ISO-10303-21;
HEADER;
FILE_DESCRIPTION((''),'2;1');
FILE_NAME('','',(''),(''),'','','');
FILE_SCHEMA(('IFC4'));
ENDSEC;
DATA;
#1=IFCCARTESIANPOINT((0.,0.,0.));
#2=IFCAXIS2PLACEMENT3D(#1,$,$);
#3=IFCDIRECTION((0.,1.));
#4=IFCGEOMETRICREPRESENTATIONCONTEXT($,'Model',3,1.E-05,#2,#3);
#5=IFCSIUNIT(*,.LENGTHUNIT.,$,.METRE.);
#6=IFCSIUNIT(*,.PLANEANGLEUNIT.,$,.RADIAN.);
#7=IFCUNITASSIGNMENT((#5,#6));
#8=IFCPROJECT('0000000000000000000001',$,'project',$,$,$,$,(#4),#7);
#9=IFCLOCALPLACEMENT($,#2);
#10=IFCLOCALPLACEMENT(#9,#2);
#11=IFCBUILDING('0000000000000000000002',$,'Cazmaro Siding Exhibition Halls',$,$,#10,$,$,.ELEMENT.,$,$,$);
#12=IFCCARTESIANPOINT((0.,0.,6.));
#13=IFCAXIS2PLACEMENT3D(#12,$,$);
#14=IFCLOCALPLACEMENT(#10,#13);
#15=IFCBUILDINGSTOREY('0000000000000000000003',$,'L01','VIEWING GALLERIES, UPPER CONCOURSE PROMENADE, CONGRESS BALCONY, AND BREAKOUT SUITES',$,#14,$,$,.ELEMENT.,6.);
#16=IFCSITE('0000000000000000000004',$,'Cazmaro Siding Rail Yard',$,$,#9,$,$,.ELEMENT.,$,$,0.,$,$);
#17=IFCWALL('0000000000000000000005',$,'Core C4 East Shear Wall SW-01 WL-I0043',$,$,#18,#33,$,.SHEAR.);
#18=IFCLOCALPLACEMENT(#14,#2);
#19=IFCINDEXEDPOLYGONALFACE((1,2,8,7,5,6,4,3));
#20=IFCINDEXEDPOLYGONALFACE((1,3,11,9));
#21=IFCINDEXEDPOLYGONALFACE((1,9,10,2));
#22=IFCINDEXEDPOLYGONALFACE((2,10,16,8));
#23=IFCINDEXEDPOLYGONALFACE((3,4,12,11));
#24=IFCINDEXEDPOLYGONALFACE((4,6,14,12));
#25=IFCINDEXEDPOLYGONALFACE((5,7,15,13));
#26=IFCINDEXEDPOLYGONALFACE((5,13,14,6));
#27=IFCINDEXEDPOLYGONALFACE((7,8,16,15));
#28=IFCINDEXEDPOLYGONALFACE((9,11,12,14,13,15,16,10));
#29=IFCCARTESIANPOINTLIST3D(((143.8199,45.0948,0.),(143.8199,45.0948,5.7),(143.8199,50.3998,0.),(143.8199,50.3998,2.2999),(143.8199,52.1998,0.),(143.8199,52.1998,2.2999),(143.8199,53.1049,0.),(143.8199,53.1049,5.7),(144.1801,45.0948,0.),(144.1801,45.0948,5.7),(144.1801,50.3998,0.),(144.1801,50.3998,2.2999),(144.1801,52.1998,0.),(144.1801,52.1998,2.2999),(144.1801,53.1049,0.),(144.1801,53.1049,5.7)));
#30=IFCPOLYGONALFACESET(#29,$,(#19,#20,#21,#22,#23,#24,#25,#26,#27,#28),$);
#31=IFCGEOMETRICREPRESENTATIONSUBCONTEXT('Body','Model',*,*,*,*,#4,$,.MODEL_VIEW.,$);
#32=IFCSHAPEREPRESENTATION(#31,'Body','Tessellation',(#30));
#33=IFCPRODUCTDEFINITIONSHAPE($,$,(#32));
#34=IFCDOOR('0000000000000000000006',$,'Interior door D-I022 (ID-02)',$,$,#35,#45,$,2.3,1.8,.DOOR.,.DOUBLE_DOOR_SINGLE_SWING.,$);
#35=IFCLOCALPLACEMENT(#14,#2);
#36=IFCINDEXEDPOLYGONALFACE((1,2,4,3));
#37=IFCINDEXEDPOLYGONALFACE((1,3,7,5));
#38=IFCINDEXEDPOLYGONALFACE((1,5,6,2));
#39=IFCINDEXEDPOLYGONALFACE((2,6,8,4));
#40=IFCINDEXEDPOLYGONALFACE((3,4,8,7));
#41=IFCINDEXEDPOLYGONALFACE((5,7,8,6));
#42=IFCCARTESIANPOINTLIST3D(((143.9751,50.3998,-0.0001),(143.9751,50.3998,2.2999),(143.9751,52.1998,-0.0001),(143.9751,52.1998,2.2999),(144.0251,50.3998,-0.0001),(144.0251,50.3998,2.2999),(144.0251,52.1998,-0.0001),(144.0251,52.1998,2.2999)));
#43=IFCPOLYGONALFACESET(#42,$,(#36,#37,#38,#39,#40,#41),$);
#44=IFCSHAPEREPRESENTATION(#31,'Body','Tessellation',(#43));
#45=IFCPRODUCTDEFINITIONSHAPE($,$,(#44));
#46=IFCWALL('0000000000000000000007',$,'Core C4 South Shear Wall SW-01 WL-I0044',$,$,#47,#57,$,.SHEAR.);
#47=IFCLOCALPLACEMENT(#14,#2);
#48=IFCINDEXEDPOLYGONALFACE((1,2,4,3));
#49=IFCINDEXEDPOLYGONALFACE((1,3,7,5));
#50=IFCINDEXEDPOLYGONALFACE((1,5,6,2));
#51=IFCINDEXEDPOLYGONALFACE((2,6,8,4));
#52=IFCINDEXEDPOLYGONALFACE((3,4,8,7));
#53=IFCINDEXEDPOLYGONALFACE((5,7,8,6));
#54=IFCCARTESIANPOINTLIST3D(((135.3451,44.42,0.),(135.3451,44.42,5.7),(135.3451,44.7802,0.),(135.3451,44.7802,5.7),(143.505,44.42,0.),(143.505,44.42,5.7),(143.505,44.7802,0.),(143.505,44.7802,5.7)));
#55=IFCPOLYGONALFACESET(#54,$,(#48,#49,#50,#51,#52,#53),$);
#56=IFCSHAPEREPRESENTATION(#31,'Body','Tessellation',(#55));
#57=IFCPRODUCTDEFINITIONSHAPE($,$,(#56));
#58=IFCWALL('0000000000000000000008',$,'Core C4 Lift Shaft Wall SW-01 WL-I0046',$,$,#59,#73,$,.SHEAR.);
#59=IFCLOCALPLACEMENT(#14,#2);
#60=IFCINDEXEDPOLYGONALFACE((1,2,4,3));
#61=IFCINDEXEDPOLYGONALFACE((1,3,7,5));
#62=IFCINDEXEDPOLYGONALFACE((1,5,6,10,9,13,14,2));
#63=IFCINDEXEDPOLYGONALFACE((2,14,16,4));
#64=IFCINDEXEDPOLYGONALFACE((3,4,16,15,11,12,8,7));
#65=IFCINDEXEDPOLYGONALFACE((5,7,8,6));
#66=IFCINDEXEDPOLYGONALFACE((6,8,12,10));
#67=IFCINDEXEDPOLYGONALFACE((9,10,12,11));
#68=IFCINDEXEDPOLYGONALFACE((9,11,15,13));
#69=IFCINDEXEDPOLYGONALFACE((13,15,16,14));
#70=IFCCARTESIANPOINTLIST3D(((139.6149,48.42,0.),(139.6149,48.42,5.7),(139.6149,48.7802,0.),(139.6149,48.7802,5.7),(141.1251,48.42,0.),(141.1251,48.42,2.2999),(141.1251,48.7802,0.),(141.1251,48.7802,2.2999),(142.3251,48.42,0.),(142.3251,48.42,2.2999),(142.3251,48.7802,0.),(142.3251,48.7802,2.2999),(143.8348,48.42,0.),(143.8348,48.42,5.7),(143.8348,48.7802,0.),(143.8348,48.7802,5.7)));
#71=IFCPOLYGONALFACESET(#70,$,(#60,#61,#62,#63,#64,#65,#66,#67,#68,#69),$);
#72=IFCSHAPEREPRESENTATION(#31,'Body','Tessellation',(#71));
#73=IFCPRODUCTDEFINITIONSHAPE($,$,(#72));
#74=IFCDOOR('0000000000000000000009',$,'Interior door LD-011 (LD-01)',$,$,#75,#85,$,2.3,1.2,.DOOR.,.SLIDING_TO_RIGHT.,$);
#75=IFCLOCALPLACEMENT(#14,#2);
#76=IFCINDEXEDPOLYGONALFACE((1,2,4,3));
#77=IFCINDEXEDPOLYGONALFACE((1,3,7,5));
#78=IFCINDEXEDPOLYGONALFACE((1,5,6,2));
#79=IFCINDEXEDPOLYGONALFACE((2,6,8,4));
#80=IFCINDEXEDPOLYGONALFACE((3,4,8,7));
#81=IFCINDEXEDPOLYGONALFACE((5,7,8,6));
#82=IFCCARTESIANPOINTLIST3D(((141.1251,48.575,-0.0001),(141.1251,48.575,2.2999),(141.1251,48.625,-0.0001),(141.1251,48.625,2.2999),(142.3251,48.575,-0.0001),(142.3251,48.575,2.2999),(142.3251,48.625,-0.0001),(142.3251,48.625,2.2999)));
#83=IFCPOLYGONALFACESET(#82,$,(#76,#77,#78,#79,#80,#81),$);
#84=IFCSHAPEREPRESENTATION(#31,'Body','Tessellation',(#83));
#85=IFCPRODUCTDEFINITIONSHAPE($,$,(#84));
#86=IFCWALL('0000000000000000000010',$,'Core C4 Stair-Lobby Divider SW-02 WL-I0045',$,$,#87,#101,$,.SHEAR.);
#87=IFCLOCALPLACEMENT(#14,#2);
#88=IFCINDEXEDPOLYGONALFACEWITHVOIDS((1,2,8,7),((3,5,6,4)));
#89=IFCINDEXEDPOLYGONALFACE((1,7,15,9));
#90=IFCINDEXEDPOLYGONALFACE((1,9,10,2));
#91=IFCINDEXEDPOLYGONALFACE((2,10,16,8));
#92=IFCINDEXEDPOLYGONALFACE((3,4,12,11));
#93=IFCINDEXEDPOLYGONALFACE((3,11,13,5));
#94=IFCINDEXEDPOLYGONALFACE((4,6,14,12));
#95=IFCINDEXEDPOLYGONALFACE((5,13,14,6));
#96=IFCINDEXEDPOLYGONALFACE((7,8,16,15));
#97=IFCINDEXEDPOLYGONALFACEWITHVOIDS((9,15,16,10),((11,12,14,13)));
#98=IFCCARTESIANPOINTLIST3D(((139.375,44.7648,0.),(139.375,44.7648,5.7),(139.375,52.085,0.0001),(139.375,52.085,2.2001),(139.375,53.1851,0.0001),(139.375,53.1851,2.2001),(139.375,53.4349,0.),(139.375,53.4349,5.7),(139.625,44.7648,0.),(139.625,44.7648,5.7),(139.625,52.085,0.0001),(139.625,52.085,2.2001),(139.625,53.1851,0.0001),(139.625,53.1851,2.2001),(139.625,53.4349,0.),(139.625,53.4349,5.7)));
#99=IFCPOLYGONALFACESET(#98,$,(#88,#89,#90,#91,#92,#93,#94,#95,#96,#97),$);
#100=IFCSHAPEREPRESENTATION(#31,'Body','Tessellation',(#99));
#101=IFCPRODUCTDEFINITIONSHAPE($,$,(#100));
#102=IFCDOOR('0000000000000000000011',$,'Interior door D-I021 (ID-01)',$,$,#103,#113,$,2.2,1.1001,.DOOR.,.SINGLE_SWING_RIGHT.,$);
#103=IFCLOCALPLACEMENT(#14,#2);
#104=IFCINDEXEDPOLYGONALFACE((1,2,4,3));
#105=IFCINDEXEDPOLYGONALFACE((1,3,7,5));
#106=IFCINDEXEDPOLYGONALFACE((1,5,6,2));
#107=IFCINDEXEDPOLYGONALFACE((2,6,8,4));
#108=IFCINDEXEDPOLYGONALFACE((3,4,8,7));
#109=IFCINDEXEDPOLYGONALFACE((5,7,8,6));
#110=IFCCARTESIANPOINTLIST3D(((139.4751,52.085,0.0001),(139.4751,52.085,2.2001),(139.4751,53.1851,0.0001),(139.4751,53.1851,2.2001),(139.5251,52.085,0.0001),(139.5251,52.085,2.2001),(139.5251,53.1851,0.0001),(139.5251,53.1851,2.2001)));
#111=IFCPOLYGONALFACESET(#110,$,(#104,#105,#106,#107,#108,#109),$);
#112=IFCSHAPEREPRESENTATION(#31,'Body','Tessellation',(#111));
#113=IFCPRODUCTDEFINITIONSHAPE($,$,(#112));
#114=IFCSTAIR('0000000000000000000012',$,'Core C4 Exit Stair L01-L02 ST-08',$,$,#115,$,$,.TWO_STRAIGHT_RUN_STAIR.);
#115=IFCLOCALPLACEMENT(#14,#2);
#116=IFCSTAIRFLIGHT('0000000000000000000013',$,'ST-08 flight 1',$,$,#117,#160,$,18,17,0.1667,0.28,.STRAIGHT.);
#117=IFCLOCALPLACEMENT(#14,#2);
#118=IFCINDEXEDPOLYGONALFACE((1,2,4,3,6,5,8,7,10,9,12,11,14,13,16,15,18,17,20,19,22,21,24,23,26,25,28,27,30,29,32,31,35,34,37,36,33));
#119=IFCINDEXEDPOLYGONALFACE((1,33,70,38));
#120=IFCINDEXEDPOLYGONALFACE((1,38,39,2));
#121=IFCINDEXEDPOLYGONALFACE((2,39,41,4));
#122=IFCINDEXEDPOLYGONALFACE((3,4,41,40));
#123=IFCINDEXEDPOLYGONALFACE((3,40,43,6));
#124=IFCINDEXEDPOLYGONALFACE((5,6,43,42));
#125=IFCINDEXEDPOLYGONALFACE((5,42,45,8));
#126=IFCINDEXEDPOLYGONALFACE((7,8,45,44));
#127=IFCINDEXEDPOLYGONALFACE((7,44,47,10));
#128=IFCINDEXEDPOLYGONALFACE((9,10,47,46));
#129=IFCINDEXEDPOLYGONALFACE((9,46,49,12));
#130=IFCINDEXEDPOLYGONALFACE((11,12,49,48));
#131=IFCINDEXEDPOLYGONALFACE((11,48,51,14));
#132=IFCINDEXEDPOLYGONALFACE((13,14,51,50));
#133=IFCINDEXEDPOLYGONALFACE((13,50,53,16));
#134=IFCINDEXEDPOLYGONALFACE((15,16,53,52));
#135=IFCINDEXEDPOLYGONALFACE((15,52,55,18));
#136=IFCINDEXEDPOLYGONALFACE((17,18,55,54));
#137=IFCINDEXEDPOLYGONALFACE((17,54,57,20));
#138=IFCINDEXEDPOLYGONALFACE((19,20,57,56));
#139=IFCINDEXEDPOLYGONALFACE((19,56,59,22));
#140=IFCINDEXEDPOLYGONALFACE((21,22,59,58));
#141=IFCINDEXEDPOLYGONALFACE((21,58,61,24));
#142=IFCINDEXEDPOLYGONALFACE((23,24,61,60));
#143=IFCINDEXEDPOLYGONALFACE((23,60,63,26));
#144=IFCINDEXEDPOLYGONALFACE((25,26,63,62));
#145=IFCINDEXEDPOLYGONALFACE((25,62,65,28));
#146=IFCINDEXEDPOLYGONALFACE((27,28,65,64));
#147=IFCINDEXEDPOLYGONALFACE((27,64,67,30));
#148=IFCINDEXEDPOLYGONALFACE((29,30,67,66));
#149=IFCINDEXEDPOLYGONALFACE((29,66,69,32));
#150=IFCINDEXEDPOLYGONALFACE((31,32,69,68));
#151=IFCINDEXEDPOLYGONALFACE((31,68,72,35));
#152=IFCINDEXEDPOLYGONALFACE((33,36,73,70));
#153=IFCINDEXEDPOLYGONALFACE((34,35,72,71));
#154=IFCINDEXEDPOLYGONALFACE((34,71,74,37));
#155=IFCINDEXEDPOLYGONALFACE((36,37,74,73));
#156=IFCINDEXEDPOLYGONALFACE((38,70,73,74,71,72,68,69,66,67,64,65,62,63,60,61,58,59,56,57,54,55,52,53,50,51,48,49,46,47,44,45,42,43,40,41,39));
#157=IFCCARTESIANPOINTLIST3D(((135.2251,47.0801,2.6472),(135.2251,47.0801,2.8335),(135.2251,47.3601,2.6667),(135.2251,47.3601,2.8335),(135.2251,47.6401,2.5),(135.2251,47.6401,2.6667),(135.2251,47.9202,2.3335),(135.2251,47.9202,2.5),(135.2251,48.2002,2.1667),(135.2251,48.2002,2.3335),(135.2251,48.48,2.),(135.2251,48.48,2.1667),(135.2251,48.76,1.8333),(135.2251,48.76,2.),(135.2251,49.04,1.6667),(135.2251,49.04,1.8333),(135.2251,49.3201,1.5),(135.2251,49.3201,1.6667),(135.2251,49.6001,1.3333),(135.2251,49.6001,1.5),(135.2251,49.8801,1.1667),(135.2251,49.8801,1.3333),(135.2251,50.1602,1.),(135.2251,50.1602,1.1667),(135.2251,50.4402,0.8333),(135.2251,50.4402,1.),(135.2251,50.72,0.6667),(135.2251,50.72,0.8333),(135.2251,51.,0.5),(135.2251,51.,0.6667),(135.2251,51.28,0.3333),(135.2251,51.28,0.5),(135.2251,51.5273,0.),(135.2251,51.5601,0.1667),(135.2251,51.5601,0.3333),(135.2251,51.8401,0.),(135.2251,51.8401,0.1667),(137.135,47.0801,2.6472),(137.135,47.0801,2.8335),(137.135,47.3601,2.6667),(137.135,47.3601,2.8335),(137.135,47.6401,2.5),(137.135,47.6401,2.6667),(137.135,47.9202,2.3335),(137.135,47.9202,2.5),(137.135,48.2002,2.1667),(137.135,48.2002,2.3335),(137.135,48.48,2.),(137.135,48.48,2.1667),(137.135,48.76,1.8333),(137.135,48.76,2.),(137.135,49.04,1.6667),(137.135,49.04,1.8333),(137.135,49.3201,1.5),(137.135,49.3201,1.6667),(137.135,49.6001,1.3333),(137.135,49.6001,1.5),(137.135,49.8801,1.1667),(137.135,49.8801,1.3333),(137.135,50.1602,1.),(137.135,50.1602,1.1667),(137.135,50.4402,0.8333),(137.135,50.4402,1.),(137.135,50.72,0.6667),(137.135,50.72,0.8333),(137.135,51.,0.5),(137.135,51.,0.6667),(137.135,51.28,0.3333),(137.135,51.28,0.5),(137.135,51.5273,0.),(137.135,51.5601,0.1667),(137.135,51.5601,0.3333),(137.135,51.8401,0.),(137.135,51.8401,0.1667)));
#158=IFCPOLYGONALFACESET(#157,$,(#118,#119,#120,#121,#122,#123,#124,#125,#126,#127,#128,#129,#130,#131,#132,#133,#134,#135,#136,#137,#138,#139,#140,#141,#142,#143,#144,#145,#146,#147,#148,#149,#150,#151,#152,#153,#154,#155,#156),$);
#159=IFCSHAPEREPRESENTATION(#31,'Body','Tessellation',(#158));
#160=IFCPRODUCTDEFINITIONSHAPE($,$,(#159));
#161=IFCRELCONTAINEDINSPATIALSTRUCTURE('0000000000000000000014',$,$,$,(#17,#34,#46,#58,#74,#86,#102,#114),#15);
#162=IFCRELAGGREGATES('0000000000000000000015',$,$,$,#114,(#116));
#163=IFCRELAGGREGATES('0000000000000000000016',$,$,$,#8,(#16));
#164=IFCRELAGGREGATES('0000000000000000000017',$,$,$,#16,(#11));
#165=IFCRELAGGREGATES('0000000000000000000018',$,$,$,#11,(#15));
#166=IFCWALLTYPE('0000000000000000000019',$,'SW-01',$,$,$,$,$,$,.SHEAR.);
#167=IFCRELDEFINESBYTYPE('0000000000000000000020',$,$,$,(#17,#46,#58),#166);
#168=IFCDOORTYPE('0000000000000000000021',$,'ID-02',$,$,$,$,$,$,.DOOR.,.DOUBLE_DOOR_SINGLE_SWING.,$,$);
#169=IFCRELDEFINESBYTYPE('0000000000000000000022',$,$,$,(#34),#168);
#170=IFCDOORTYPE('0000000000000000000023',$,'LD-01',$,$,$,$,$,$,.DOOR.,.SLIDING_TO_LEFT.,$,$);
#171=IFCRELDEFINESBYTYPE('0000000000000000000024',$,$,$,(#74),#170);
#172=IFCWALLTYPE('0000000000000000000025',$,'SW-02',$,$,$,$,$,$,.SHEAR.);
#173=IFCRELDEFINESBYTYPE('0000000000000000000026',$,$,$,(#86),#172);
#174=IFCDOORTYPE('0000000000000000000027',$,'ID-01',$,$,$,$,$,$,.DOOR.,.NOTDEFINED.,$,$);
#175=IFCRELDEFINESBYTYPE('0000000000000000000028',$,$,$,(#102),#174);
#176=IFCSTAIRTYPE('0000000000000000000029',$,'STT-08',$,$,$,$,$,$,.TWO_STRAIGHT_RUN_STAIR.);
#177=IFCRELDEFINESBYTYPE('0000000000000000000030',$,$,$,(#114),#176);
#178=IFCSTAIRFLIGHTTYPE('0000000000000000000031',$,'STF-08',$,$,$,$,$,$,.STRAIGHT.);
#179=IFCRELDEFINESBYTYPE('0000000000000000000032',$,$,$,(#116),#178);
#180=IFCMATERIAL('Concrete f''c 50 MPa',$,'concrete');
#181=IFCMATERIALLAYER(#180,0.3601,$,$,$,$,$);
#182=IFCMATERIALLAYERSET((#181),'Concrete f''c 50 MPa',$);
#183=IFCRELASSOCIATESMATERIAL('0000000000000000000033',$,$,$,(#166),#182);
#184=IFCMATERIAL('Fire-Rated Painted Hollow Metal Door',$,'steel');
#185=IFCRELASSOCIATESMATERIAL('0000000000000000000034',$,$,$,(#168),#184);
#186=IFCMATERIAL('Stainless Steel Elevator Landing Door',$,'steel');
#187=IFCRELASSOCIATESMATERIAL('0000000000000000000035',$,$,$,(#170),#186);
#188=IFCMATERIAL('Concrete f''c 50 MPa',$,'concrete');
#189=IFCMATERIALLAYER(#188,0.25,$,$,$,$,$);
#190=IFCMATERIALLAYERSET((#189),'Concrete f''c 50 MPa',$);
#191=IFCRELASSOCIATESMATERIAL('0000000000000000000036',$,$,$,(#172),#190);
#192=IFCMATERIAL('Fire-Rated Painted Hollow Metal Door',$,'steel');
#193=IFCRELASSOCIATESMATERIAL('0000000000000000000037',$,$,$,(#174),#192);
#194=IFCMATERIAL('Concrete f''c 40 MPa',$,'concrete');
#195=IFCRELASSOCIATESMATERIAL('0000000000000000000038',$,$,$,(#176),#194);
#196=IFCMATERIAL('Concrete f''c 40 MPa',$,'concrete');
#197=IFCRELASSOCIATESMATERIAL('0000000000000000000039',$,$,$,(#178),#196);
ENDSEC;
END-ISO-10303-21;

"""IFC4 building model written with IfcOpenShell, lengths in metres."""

from ifc_helpers import new_model, si_unit, direction, frame, frame_2d, origin, place, context, subcontext, project, spatial, polyline, rectangle, outline, extrude, material, layer, layer_set, type_object, element, fill, aggregate, save


model = new_model("IFC4")

# Units and contexts
model_context = context("Model", 3, precision=1e-05, world=origin(), true_north=direction((0.0, 1.0)))
body_context = subcontext(model_context, "Body", "Model", "MODEL_VIEW")
ifc_project = project(units=[si_unit("LENGTHUNIT", "METRE"), si_unit("PLANEANGLEUNIT", "RADIAN")], contexts=[model_context])

# Site, building, storey
site_placement = place(None, origin())
site = spatial("IfcSite", under=ifc_project, at=site_placement, Name="Cazmaro Siding Rail Yard", CompositionType="ELEMENT", RefElevation=0.0)
building_placement = place(site_placement, origin())
building = spatial("IfcBuilding", under=site, at=building_placement, Name="Cazmaro Siding Exhibition Halls", CompositionType="ELEMENT")
storey_placement = place(building_placement, frame((0.0, 0.0, 6.0)))
storey = spatial("IfcBuildingStorey", under=building, at=storey_placement, Name="L01", Description="VIEWING GALLERIES, UPPER CONCOURSE PROMENADE, CONGRESS BALCONY, AND BREAKOUT SUITES", CompositionType="ELEMENT", Elevation=6.0)

# Wall, opening, door
ifc_material_1 = material(Name="Concrete f'c 50 MPa", Category="concrete")
ifc_layer_1 = layer(ifc_material_1, 0.3601)
ifc_layer_set_1 = layer_set([ifc_layer_1], Name="Concrete f'c 50 MPa")
wall_type_1 = type_object("IfcWallType", Name="SW-01", PredefinedType="SHEAR", material=ifc_layer_set_1)
wall_1_placement = place(storey_placement, frame((144.0, 45.095, 0.0), z_axis=(0.0, 0.0, 1.0), x_axis=(0.0, 1.0, 0.0)))
wall_1 = element("IfcWall", 1, at=wall_1_placement, inside=storey, type_object=wall_type_1, Name="Core C4 East Shear Wall SW-01 WL-I0043", PredefinedType="SHEAR", context=body_context, shape_type="SweptSolid", body=[
    extrude(rectangle(XDim=8.01, YDim=0.3601, at=frame_2d((4.0049, 0.0))), origin(), (0.0, 0.0, 1.0), 5.7),
])
opening_1_placement = place(wall_1_placement, frame((5.3049, 0.0, 0.0)))
opening_1 = element("IfcOpeningElement", 2, at=opening_1_placement, cuts=wall_1, PredefinedType="OPENING", context=body_context, shape_type="SweptSolid", body=[
    extrude(rectangle(XDim=1.8, YDim=2.3, at=frame_2d((0.8999, 1.1499))), frame((0.0, 0.1899, 0.0), z_axis=(0.0, -1.0, 0.0), x_axis=(1.0, 0.0, 0.0)), (0.0, 0.0, 1.0), 0.3801),
])
ifc_material_2 = material(Name="Fire-Rated Painted Hollow Metal Door", Category="steel")
door_type_1 = type_object("IfcDoorType", Name="ID-02", OperationType="DOUBLE_DOOR_SINGLE_SWING", PredefinedType="DOOR", material=ifc_material_2)
door_1_placement = place(opening_1_placement, origin())
door_1 = element("IfcDoor", 3, at=door_1_placement, inside=storey, type_object=door_type_1, Name="Interior door D-I022 (ID-02)", OperationType="DOUBLE_DOOR_SINGLE_SWING", OverallHeight=2.3, OverallWidth=1.8, PredefinedType="DOOR", context=body_context, shape_type="SweptSolid", body=[
    extrude(rectangle(XDim=1.8, YDim=2.3, at=frame_2d((0.8999, 1.1499))), frame((0.0, 0.0249, 0.0), z_axis=(0.0, -1.0, 0.0), x_axis=(1.0, 0.0, 0.0)), (0.0, 0.0, 1.0), 0.05),
])
fill(opening_1, door_1)

# Wall
wall_2_placement = place(storey_placement, frame((135.345, 44.6001, 0.0), z_axis=(0.0, 0.0, 1.0), x_axis=(1.0, 0.0, 0.0)))
element("IfcWall", 4, at=wall_2_placement, inside=storey, type_object=wall_type_1, Name="Core C4 South Shear Wall SW-01 WL-I0044", PredefinedType="SHEAR", context=body_context, shape_type="SweptSolid", body=[
    extrude(rectangle(XDim=8.1599, YDim=0.3601, at=frame_2d((4.0801, 0.0))), origin(), (0.0, 0.0, 1.0), 5.7),
])

# Walls, openings, doors
wall_3_placement = place(storey_placement, frame((139.615, 48.6001, 0.0), z_axis=(0.0, 0.0, 1.0), x_axis=(1.0, 0.0, 0.0)))
wall_3 = element("IfcWall", 5, at=wall_3_placement, inside=storey, type_object=wall_type_1, Name="Core C4 Lift Shaft Wall SW-01 WL-I0046", PredefinedType="SHEAR", context=body_context, shape_type="SweptSolid", body=[
    extrude(rectangle(XDim=4.22, YDim=0.3601, at=frame_2d((2.1099, 0.0))), origin(), (0.0, 0.0, 1.0), 5.7),
])
opening_2_placement = place(wall_3_placement, frame((1.51, 0.0, 0.0)))
opening_2 = element("IfcOpeningElement", 6, at=opening_2_placement, cuts=wall_3, PredefinedType="OPENING", context=body_context, shape_type="SweptSolid", body=[
    extrude(rectangle(XDim=1.2, YDim=2.3, at=frame_2d((0.6001, 1.1499))), frame((0.0, 0.1899, 0.0), z_axis=(0.0, -1.0, 0.0), x_axis=(1.0, 0.0, 0.0)), (0.0, 0.0, 1.0), 0.3801),
])
ifc_material_3 = material(Name="Stainless Steel Elevator Landing Door", Category="steel")
door_type_2 = type_object("IfcDoorType", Name="LD-01", OperationType="SLIDING_TO_LEFT", PredefinedType="DOOR", material=ifc_material_3)
door_2_placement = place(opening_2_placement, origin())
door_2 = element("IfcDoor", 7, at=door_2_placement, inside=storey, type_object=door_type_2, Name="Interior door LD-011 (LD-01)", OperationType="SLIDING_TO_RIGHT", OverallHeight=2.3, OverallWidth=1.2, PredefinedType="DOOR", context=body_context, shape_type="SweptSolid", body=[
    extrude(rectangle(XDim=1.2, YDim=2.3, at=frame_2d((0.6001, 1.1499))), frame((0.0, 0.0249, 0.0), z_axis=(0.0, -1.0, 0.0), x_axis=(1.0, 0.0, 0.0)), (0.0, 0.0, 1.0), 0.05),
])
fill(opening_2, door_2)
ifc_material_4 = material(Name="Concrete f'c 50 MPa", Category="concrete")
ifc_layer_2 = layer(ifc_material_4, 0.25)
ifc_layer_set_2 = layer_set([ifc_layer_2], Name="Concrete f'c 50 MPa")
wall_type_2 = type_object("IfcWallType", Name="SW-02", PredefinedType="SHEAR", material=ifc_layer_set_2)
wall_4_placement = place(storey_placement, frame((139.5, 44.7649, 0.0), z_axis=(0.0, 0.0, 1.0), x_axis=(0.0, 1.0, 0.0)))
wall_4 = element("IfcWall", 8, at=wall_4_placement, inside=storey, type_object=wall_type_2, Name="Core C4 Stair-Lobby Divider SW-02 WL-I0045", PredefinedType="SHEAR", context=body_context, shape_type="SweptSolid", body=[
    extrude(rectangle(XDim=8.6702, YDim=0.25, at=frame_2d((4.335, 0.0))), origin(), (0.0, 0.0, 1.0), 5.7),
])
opening_3_placement = place(wall_4_placement, frame((7.3201, 0.0, 0.0)))
opening_3 = element("IfcOpeningElement", 9, at=opening_3_placement, cuts=wall_4, PredefinedType="OPENING", context=body_context, shape_type="SweptSolid", body=[
    extrude(rectangle(XDim=1.1001, YDim=2.2, at=frame_2d((0.55, 1.1001))), frame((0.0, 0.135, 0.0), z_axis=(0.0, -1.0, 0.0), x_axis=(1.0, 0.0, 0.0)), (0.0, 0.0, 1.0), 0.27),
])
ifc_material_5 = material(Name="Fire-Rated Painted Hollow Metal Door", Category="steel")
door_type_3 = type_object("IfcDoorType", Name="ID-01", OperationType="NOTDEFINED", PredefinedType="DOOR", material=ifc_material_5)
door_3_placement = place(opening_3_placement, origin())
door_3 = element("IfcDoor", 10, at=door_3_placement, inside=storey, type_object=door_type_3, Name="Interior door D-I021 (ID-01)", OperationType="SINGLE_SWING_RIGHT", OverallHeight=2.2, OverallWidth=1.1001, PredefinedType="DOOR", context=body_context, shape_type="SweptSolid", body=[
    extrude(rectangle(XDim=1.1001, YDim=2.2, at=frame_2d((0.55, 1.1001))), frame((0.0, 0.0249, 0.0), z_axis=(0.0, -1.0, 0.0), x_axis=(1.0, 0.0, 0.0)), (0.0, 0.0, 1.0), 0.05),
])
fill(opening_3, door_3)

# Stair, stair flight
ifc_material_6 = material(Name="Concrete f'c 40 MPa", Category="concrete")
stair_type = type_object("IfcStairType", Name="STT-08", PredefinedType="TWO_STRAIGHT_RUN_STAIR", material=ifc_material_6)
stair_placement = place(storey_placement, origin())
stair = element("IfcStair", 11, at=stair_placement, inside=storey, type_object=stair_type, Name="Core C4 Exit Stair L01-L02 ST-08", PredefinedType="TWO_STRAIGHT_RUN_STAIR")
ifc_material_7 = material(Name="Concrete f'c 40 MPa", Category="concrete")
stair_flight_type = type_object("IfcStairFlightType", Name="STF-08", PredefinedType="STRAIGHT", material=ifc_material_7)
stair_flight_1_placement = place(storey_placement, frame((136.1799, 51.8401, 0.0), z_axis=(0.0, 0.0, 1.0), x_axis=(0.0, -1.0, 0.0)))
stair_flight_1 = element("IfcStairFlight", 12, at=stair_flight_1_placement, type_object=stair_flight_type, Name="ST-08 flight 1", NumberOfRisers=18, NumberOfTreads=17, PredefinedType="STRAIGHT", RiserHeight=0.1667, TreadLength=0.28, context=body_context, shape_type="SweptSolid", body=[
    extrude(outline(polyline([(0.0, 0.0), (0.0, 0.1667), (0.28, 0.1667), (0.28, 0.3333), (0.5601, 0.3333), (0.5601, 0.5), (0.8401, 0.5), (0.8401, 0.6667), (1.1201, 0.6667), (1.1201, 0.8333), (1.3999, 0.8333), (1.3999, 1.0), (1.6799, 1.0), (1.6799, 1.1667), (1.96, 1.1667), (1.96, 1.3333), (2.24, 1.3333), (2.24, 1.5), (2.52, 1.5), (2.52, 1.6667), (2.8, 1.6667), (2.8, 1.8333), (3.0801, 1.8333), (3.0801, 2.0), (3.3601, 2.0), (3.3601, 2.1667), (3.6399, 2.1667), (3.6399, 2.3335), (3.9199, 2.3335), (3.9199, 2.5), (4.2, 2.5), (4.2, 2.6667), (4.48, 2.6667), (4.48, 2.8335), (4.76, 2.8335), (4.76, 3.0), (4.76, 2.6472), (0.3127, 0.0), (0.0, 0.0)])), frame((0.0, 0.9551, 0.0), z_axis=(0.0, -1.0, 0.0), x_axis=(1.0, 0.0, 0.0)), (0.0, 0.0, 1.0), 1.9099),
])
aggregate(stair, [stair_flight_1])

save(model, "model.ifc")
